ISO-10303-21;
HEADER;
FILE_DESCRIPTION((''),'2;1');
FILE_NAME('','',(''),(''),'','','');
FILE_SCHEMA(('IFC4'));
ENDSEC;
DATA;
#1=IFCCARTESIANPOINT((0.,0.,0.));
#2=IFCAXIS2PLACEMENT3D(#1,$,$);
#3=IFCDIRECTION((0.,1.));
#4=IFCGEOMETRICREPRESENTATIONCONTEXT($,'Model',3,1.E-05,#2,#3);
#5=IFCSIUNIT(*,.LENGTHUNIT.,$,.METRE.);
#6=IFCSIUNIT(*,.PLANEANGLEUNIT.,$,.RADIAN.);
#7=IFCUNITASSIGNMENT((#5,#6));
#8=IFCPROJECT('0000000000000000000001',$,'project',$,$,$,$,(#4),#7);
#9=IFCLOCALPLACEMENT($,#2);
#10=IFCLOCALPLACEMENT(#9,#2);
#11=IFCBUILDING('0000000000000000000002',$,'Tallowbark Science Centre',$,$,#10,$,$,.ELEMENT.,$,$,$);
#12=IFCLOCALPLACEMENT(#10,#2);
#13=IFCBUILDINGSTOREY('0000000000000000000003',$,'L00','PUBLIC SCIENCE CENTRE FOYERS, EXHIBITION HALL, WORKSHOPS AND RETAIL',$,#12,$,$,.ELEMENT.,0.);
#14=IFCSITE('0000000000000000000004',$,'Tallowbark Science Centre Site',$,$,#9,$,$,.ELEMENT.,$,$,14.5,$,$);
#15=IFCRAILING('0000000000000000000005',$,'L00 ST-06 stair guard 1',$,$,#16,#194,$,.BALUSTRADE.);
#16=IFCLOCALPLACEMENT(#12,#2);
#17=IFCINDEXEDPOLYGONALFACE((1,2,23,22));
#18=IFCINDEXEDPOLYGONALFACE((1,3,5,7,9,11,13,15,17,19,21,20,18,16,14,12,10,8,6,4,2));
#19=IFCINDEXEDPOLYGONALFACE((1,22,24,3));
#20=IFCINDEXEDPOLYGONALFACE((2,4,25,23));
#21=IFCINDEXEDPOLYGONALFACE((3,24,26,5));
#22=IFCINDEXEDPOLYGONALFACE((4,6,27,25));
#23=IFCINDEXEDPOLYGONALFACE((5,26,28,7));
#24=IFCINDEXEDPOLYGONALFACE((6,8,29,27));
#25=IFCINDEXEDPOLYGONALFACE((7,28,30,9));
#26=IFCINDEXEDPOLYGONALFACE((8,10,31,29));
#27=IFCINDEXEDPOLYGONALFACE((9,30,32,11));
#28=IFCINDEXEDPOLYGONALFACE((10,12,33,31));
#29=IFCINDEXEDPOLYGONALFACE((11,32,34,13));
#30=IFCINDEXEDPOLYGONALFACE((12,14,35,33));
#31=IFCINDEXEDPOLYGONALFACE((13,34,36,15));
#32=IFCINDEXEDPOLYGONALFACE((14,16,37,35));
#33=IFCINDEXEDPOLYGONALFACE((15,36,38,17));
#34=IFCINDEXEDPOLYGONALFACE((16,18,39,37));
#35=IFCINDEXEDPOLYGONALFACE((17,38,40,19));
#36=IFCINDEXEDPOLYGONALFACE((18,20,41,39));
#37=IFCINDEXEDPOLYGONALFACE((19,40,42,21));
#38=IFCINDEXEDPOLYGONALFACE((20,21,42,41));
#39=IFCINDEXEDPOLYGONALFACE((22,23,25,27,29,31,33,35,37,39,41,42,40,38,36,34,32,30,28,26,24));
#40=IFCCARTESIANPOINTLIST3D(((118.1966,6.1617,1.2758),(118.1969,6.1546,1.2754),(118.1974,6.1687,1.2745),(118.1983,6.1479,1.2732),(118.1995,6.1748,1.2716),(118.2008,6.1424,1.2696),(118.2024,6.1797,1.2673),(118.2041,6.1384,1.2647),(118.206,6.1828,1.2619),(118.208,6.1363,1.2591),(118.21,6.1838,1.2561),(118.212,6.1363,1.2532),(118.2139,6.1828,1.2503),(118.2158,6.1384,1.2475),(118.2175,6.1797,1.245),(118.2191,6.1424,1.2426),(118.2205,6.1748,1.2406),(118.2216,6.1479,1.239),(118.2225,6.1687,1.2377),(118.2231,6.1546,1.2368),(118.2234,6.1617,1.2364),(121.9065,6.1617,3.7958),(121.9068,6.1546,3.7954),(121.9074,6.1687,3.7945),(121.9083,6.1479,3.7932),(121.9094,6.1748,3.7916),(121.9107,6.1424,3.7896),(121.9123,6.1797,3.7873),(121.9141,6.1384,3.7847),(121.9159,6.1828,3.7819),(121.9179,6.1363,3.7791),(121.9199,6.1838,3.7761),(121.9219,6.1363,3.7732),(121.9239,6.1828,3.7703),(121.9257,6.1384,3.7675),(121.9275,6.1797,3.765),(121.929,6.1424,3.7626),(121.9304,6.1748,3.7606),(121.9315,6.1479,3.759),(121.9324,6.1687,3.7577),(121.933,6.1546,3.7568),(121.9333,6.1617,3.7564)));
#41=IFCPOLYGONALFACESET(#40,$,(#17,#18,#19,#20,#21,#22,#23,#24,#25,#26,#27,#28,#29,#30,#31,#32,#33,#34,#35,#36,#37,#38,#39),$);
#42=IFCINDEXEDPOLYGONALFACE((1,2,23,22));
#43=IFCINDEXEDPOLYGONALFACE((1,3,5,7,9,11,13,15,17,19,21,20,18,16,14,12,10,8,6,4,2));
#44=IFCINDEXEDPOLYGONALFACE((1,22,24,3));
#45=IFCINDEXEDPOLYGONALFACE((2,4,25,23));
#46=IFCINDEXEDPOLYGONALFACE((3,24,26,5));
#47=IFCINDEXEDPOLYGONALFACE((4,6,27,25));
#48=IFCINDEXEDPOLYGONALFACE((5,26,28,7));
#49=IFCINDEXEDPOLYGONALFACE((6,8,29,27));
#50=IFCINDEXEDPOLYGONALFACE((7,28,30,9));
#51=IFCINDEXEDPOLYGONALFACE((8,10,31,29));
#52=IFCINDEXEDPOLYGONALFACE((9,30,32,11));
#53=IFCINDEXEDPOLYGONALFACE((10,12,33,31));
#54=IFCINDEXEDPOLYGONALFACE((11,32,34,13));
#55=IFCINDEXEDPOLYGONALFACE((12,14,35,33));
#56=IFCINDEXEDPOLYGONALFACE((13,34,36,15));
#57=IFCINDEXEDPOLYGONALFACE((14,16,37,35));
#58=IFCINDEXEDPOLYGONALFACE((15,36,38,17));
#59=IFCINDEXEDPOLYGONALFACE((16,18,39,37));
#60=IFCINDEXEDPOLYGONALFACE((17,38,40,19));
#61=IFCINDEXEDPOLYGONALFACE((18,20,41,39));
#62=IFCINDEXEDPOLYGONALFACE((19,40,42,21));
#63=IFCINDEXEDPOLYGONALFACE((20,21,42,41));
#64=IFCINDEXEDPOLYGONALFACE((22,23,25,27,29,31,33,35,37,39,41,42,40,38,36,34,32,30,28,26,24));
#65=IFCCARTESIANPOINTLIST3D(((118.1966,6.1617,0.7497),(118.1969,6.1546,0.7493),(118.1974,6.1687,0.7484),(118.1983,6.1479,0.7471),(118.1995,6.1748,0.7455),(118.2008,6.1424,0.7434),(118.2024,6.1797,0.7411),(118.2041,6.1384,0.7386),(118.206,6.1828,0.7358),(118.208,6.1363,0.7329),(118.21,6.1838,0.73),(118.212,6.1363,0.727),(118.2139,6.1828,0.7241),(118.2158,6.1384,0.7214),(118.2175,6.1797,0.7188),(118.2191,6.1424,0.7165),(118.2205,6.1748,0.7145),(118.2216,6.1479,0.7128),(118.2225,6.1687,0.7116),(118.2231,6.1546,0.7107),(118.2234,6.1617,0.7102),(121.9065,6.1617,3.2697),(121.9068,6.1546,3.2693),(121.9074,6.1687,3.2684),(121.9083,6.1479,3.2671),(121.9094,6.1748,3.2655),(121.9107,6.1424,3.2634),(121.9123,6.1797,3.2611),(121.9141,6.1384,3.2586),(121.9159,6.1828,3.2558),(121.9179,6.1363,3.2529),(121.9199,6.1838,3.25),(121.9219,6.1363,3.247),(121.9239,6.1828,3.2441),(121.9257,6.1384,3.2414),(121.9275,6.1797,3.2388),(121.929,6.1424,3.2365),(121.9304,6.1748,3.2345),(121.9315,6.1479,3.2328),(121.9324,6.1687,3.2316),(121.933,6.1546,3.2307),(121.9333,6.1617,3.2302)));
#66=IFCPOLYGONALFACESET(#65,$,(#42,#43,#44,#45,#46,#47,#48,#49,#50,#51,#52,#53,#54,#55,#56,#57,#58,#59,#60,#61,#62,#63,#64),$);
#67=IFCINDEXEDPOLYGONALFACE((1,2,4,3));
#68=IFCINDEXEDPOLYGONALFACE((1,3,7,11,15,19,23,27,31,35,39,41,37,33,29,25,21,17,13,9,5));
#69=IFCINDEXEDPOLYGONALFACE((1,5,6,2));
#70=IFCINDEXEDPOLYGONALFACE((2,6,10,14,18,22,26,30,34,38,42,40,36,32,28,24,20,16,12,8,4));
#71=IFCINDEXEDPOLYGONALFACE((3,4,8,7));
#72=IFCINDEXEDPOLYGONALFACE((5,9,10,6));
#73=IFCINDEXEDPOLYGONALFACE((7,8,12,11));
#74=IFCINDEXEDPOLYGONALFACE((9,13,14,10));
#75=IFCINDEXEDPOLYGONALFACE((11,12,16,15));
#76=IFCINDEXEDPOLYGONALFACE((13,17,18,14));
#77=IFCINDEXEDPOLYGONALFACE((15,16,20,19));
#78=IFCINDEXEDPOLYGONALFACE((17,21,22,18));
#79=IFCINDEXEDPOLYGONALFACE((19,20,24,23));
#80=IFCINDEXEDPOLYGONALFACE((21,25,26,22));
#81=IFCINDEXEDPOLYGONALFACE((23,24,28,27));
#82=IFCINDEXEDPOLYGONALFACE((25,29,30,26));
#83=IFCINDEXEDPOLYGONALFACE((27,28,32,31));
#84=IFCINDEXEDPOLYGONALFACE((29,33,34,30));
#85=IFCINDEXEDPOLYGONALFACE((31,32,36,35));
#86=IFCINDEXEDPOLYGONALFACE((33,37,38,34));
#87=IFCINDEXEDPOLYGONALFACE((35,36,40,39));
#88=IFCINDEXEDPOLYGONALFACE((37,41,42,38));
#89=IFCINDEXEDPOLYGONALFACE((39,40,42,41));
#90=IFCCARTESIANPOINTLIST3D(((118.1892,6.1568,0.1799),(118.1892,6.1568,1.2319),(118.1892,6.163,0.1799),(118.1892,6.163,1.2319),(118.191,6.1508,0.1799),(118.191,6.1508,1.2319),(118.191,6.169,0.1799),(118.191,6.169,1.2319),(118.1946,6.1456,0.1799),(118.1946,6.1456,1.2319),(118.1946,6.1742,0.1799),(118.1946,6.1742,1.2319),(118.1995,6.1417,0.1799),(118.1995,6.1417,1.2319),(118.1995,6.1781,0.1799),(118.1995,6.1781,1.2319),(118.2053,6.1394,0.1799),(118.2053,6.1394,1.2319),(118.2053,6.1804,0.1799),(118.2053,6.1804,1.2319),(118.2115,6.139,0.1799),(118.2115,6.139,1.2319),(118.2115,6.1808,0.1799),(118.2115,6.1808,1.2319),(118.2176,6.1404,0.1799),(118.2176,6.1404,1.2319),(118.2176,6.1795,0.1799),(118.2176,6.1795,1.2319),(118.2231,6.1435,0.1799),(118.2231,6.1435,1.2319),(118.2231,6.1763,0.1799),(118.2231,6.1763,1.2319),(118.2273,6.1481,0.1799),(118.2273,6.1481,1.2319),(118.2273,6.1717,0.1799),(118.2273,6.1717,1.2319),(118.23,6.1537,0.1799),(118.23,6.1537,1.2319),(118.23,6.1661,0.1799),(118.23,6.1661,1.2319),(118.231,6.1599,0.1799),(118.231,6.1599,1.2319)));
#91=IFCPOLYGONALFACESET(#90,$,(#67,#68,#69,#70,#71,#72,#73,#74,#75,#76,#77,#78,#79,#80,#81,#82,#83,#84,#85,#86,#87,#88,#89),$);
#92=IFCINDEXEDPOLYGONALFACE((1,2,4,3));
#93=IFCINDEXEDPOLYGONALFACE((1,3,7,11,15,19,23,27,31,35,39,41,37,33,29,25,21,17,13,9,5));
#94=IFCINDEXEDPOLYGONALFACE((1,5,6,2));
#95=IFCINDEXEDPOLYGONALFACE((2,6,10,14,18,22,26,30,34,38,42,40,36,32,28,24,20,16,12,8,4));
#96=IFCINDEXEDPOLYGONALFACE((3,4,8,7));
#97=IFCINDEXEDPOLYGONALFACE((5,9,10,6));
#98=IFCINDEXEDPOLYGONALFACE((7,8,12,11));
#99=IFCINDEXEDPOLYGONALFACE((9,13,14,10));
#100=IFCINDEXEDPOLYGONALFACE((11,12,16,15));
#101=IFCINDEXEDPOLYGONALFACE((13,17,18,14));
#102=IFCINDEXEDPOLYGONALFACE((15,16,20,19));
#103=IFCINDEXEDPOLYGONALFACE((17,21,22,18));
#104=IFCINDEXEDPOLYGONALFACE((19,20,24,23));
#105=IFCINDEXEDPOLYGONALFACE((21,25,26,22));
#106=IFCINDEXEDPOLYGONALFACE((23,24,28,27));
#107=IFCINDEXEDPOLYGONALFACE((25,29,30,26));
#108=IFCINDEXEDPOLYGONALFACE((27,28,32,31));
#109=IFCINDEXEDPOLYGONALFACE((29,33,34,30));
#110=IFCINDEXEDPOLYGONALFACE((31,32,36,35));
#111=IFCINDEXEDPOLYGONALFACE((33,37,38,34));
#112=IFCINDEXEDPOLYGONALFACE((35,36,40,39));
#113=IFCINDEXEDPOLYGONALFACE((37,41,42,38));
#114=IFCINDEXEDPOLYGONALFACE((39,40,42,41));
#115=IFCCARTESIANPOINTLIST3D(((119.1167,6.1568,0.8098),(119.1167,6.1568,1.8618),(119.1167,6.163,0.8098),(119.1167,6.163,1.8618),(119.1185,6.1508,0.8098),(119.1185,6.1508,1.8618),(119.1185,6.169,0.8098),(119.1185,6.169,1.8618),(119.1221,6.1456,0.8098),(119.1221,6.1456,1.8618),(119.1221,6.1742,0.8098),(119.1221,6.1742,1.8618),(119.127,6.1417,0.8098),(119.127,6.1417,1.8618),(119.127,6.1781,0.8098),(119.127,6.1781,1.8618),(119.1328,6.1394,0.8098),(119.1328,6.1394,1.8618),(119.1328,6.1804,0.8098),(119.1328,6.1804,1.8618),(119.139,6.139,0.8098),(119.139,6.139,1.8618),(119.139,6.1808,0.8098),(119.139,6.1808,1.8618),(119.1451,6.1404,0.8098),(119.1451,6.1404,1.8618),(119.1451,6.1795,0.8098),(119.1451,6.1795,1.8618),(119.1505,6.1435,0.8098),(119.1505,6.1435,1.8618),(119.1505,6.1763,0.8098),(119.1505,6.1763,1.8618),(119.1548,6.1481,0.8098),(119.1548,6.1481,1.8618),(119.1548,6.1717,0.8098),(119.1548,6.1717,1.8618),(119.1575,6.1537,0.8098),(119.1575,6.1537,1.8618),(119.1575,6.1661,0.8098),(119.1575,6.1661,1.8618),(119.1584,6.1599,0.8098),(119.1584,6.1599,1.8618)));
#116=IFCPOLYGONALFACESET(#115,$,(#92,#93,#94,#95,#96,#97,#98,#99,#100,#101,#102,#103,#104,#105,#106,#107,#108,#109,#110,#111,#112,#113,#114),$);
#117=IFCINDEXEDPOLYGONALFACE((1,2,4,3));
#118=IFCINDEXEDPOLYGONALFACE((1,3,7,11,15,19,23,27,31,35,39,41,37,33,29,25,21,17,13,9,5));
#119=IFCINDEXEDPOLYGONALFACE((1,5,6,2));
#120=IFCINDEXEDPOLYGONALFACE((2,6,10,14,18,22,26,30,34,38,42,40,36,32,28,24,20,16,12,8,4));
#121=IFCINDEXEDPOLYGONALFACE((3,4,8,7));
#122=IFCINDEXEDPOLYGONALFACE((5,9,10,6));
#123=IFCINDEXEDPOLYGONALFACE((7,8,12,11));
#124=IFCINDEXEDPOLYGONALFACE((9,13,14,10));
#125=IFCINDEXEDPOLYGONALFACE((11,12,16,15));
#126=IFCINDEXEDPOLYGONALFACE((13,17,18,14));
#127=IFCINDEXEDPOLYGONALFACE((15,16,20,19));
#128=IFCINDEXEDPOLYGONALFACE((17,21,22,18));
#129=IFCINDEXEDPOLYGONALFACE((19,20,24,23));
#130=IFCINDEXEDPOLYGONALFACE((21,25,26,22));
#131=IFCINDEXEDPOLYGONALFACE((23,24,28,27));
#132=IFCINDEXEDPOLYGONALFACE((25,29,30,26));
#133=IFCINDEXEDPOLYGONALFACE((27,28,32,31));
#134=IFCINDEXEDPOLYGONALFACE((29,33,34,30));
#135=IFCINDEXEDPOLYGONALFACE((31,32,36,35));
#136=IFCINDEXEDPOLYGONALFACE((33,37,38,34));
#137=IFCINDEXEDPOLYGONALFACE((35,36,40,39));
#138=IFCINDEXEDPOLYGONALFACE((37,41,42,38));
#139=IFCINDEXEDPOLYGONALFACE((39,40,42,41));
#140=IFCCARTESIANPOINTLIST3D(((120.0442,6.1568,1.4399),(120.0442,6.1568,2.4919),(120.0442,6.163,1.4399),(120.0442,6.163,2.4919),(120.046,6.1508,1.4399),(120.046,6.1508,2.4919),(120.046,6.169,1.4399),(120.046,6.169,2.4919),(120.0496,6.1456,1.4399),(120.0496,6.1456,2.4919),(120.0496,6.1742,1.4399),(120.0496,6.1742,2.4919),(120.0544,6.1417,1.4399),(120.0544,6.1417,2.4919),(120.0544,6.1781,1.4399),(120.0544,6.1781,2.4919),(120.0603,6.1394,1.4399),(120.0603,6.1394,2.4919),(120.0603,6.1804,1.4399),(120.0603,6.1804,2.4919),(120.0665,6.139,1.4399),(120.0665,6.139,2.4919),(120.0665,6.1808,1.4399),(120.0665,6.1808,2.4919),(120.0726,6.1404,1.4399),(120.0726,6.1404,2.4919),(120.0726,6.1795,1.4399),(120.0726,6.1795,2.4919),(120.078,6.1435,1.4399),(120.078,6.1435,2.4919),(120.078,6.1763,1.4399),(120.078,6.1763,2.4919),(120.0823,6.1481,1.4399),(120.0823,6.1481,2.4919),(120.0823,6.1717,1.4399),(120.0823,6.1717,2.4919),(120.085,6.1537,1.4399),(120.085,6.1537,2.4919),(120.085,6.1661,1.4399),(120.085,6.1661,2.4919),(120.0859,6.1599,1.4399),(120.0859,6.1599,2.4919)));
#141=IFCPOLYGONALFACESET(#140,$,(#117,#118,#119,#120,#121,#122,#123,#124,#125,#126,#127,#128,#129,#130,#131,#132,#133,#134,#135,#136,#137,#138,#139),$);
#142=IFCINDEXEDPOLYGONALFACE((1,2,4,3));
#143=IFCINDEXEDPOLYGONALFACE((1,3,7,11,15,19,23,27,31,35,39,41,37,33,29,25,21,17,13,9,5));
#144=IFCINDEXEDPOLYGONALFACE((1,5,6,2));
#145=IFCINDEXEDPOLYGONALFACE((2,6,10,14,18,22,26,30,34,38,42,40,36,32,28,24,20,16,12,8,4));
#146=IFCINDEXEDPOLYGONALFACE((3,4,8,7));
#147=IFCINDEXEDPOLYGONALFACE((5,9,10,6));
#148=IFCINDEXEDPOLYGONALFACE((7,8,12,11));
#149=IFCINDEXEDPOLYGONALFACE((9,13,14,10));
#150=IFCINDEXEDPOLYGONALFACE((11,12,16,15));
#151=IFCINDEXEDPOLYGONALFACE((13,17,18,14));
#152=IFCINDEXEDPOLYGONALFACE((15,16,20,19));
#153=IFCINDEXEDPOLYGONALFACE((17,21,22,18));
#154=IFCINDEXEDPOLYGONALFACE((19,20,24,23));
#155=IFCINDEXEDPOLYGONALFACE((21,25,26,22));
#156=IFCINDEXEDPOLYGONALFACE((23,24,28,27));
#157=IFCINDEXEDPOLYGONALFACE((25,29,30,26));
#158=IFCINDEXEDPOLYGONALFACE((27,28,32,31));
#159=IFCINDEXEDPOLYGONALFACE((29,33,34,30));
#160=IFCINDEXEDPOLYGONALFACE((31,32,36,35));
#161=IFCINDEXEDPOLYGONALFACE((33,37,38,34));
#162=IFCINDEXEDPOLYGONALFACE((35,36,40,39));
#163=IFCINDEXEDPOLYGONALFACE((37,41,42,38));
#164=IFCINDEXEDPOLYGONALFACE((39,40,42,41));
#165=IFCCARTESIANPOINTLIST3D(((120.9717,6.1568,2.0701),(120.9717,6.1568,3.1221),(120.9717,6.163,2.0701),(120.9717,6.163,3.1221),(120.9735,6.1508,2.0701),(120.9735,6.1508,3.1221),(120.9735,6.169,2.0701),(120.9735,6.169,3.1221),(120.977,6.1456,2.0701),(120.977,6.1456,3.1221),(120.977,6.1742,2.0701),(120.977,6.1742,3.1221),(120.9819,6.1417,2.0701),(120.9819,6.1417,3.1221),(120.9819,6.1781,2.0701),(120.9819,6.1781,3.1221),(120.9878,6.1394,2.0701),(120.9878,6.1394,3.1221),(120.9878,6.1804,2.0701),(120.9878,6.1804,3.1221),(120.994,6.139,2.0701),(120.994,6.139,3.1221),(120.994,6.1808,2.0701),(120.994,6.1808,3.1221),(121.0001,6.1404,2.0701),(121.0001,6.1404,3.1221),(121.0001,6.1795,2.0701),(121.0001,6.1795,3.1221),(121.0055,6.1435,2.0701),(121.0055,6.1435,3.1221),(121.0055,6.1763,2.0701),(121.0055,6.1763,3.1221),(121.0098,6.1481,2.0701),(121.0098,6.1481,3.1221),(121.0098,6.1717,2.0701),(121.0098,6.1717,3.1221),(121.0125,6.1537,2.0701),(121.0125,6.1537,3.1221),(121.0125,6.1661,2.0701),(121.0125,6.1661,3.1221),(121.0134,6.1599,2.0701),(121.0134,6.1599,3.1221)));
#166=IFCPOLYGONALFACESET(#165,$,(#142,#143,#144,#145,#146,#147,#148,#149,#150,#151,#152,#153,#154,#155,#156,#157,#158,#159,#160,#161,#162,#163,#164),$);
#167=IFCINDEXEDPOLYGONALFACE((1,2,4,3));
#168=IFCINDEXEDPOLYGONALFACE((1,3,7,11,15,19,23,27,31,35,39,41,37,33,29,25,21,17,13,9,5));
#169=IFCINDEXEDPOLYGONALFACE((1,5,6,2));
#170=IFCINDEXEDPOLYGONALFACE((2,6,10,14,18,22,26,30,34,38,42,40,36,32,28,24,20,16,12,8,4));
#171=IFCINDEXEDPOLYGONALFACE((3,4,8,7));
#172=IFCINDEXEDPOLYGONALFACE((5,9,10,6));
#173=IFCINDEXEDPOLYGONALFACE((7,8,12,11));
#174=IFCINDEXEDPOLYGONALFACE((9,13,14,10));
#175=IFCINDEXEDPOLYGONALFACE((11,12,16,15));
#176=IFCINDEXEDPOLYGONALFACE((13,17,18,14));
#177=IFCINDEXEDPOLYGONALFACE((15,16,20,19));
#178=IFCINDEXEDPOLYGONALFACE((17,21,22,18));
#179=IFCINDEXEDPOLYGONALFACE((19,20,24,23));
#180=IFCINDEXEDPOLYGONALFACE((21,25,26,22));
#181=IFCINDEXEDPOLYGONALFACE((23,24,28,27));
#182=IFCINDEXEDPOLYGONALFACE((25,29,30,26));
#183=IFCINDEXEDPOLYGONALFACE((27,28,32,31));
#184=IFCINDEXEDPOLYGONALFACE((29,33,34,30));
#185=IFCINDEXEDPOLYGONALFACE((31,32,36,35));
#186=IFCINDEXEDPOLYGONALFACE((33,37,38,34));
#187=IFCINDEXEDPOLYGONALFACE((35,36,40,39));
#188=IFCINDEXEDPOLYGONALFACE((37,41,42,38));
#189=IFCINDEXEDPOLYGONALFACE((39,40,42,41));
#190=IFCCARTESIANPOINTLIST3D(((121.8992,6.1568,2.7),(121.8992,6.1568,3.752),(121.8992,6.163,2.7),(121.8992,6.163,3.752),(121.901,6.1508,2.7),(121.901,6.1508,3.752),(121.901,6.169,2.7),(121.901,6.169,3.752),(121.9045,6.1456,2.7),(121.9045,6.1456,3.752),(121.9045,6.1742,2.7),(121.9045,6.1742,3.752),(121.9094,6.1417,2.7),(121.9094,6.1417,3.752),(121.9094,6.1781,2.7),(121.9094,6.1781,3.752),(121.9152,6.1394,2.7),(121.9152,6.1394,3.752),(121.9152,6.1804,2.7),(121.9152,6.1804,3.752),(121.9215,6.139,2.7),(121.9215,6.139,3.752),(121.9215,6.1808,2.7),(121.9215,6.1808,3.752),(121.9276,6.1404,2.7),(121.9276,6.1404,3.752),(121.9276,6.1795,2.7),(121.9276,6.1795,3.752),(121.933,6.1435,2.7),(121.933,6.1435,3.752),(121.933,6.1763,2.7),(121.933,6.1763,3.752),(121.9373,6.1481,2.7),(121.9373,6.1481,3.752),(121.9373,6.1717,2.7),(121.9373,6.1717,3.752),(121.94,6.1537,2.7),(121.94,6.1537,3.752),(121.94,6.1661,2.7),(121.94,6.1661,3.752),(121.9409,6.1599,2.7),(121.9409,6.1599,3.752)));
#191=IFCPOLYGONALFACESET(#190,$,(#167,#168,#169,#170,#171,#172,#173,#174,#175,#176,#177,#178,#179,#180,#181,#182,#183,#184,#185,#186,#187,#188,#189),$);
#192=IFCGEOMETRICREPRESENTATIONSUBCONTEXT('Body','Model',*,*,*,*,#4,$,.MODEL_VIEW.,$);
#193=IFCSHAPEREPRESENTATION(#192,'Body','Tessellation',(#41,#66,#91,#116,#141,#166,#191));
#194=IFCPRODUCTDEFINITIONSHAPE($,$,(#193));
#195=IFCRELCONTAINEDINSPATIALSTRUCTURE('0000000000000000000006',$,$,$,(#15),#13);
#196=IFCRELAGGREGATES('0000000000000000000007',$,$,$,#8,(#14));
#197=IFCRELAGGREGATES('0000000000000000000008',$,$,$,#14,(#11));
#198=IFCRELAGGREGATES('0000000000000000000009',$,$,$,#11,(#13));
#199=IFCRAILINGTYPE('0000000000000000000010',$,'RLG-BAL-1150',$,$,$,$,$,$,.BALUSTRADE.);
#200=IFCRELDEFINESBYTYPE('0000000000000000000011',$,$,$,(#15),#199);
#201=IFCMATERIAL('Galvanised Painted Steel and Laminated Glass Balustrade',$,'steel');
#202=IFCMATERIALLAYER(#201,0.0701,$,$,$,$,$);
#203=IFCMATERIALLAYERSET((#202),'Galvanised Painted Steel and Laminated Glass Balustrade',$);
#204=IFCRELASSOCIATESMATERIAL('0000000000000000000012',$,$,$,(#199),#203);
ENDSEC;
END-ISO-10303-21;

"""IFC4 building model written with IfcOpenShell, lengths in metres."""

from ifc_helpers import new_model, si_unit, direction, frame, origin, origin_2d, place, context, subcontext, project, spatial, circle, extrude, material, layer, layer_set, type_object, element, save


model = new_model("IFC4")

# Units and contexts
model_context = context("Model", 3, precision=1e-05, world=origin(), true_north=direction((0.0, 1.0)))
body_context = subcontext(model_context, "Body", "Model", "MODEL_VIEW")
ifc_project = project(units=[si_unit("LENGTHUNIT", "METRE"), si_unit("PLANEANGLEUNIT", "RADIAN")], contexts=[model_context])

# Site, building, storey
site_placement = place(None, origin())
site = spatial("IfcSite", under=ifc_project, at=site_placement, Name="Tallowbark Science Centre Site", CompositionType="ELEMENT", RefElevation=14.5)
building_placement = place(site_placement, origin())
building = spatial("IfcBuilding", under=site, at=building_placement, Name="Tallowbark Science Centre", CompositionType="ELEMENT")
storey_placement = place(building_placement, origin())
storey = spatial("IfcBuildingStorey", under=building, at=storey_placement, Name="L00", Description="PUBLIC SCIENCE CENTRE FOYERS, EXHIBITION HALL, WORKSHOPS AND RETAIL", CompositionType="ELEMENT", Elevation=0.0)

# Railing
ifc_material_1 = material(Name="Galvanised Painted Steel and Laminated Glass Balustrade", Category="steel")
ifc_layer_1 = layer(ifc_material_1, 0.0701)
ifc_layer_set_1 = layer_set([ifc_layer_1], Name="Galvanised Painted Steel and Laminated Glass Balustrade")
railing_type_1 = type_object("IfcRailingType", Name="RLG-BAL-1150", PredefinedType="BALUSTRADE", material=ifc_layer_set_1)
railing_1_placement = place(storey_placement, frame((118.21, 6.1599, 0.1799)))
element("IfcRailing", 1, at=railing_1_placement, inside=storey, type_object=railing_type_1, Name="L00 ST-06 stair guard 1", PredefinedType="BALUSTRADE", context=body_context, shape_type="SweptSolid", body=[
    extrude(circle(Radius=0.0239, at=origin_2d()), frame((0.0, 0.0, 1.0762), z_axis=(0.827212, 0.0, 0.56189), x_axis=(0.0, 1.0, 0.0)), (0.0, 0.0, 1.0), 4.4849),
    extrude(circle(Radius=0.0239, at=origin_2d()), frame((0.0, 0.0, 0.55), z_axis=(0.827212, 0.0, 0.56189), x_axis=(0.0, 1.0, 0.0)), (0.0, 0.0, 1.0), 4.4849),
    extrude(circle(Radius=0.021, at=origin_2d()), origin(), (0.0, 0.0, 1.0), 1.052),
    extrude(circle(Radius=0.021, at=origin_2d()), frame((0.9275, 0.0, 0.6299)), (0.0, 0.0, 1.0), 1.052),
    extrude(circle(Radius=0.021, at=origin_2d()), frame((1.855, 0.0, 1.26)), (0.0, 0.0, 1.0), 1.052),
    extrude(circle(Radius=0.021, at=origin_2d()), frame((2.7825, 0.0, 1.8901)), (0.0, 0.0, 1.0), 1.052),
    extrude(circle(Radius=0.021, at=origin_2d()), frame((3.71, 0.0, 2.52)), (0.0, 0.0, 1.0), 1.052),
])

save(model, "model.ifc")
